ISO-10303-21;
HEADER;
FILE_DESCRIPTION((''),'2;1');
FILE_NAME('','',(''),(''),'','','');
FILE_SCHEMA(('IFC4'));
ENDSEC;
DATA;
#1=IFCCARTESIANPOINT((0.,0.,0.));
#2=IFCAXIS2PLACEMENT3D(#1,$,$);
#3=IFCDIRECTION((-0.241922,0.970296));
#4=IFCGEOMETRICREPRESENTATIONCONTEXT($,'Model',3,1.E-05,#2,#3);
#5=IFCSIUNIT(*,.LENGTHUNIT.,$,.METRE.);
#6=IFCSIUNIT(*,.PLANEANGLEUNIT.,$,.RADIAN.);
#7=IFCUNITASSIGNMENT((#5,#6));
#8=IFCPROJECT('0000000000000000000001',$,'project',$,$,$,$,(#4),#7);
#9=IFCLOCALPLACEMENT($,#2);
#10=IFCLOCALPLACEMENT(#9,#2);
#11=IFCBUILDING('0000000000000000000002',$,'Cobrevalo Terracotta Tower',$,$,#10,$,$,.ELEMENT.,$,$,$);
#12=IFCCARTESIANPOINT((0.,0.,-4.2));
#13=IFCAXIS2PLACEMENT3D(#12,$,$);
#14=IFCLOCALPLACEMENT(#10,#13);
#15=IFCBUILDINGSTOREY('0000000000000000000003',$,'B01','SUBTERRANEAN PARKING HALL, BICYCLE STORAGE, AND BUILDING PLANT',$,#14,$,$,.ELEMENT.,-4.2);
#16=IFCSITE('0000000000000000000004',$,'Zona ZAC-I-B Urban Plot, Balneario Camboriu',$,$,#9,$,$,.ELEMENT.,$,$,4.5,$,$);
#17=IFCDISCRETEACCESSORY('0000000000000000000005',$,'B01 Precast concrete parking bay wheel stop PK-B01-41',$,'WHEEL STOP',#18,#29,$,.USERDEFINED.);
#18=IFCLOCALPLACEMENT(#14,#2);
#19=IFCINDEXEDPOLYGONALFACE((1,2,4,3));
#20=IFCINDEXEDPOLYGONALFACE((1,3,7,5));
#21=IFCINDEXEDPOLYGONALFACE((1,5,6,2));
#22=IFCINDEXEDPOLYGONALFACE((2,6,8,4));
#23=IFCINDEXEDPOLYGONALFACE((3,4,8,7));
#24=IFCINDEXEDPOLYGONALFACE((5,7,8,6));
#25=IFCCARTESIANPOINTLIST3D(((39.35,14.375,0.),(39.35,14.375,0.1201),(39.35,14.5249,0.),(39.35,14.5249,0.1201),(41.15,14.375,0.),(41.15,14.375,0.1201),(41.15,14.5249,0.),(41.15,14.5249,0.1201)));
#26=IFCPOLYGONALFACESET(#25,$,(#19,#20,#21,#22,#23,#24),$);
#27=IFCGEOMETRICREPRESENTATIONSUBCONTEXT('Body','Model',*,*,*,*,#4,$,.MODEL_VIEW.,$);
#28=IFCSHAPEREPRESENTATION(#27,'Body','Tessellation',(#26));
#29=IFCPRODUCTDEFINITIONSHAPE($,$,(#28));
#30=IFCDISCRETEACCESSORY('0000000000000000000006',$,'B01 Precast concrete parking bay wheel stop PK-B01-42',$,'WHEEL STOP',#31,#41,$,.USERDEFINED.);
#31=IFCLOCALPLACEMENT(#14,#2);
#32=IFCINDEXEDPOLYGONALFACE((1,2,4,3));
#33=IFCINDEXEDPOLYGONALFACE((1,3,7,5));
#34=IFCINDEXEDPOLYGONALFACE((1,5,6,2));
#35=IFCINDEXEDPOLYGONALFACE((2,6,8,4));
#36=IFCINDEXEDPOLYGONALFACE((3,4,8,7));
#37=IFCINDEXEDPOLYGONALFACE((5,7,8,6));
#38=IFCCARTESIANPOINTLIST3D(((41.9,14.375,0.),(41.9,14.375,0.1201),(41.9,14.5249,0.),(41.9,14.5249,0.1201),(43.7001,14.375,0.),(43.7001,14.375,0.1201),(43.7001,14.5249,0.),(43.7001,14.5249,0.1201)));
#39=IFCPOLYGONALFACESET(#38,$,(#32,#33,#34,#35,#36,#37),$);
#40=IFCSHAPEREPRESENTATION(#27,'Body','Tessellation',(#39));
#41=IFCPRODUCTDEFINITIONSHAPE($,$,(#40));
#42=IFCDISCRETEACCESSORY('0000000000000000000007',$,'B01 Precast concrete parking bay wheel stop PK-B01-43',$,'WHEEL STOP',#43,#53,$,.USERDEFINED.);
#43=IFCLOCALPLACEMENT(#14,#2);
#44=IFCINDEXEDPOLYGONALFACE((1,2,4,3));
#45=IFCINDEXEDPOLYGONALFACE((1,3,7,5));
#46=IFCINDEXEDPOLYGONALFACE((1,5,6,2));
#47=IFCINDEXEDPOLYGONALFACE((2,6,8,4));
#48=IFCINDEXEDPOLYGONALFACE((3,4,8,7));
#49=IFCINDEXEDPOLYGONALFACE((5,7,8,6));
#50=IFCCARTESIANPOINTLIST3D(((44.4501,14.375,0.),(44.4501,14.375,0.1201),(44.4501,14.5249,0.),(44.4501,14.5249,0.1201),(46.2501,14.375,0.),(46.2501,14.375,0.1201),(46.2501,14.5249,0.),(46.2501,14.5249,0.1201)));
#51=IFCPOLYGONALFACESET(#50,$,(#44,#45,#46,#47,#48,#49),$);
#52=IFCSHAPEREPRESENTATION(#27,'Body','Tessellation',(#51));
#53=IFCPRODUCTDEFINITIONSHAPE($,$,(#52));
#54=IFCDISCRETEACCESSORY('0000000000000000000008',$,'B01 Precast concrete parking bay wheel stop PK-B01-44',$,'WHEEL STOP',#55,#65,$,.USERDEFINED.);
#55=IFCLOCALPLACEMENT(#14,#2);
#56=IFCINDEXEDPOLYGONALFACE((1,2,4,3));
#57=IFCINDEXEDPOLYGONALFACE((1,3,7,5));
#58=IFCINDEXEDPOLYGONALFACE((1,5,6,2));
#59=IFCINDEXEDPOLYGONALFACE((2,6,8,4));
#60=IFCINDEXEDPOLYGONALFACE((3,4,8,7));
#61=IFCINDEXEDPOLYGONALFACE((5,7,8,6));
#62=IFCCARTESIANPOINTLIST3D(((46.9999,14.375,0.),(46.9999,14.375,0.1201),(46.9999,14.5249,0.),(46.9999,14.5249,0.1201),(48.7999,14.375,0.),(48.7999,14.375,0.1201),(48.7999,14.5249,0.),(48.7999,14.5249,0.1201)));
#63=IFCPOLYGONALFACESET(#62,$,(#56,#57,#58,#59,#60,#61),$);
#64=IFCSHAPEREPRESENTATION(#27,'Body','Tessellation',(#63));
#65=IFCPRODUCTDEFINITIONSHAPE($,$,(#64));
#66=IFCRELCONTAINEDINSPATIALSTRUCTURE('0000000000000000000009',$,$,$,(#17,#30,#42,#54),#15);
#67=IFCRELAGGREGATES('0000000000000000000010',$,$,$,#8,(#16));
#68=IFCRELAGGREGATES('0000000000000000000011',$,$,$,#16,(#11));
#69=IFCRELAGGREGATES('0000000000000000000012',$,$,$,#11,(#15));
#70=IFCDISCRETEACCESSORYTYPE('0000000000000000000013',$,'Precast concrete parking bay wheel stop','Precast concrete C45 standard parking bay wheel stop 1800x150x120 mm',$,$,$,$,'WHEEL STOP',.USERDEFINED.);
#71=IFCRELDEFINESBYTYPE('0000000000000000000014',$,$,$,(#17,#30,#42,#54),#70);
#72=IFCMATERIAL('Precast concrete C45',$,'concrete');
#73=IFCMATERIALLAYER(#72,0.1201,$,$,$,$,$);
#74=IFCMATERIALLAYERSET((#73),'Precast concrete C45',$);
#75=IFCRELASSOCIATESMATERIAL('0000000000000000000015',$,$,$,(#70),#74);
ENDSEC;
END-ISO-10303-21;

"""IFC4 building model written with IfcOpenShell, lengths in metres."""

from ifc_helpers import new_model, si_unit, direction, frame, origin, origin_2d, place, context, subcontext, project, spatial, rectangle, extrude, source, transform, mapped, material, layer, layer_set, type_object, element, save


model = new_model("IFC4")

# Units and contexts
model_context = context("Model", 3, precision=1e-05, world=origin(), true_north=direction((-0.241922, 0.970296)))
body_context = subcontext(model_context, "Body", "Model", "MODEL_VIEW")
ifc_project = project(units=[si_unit("LENGTHUNIT", "METRE"), si_unit("PLANEANGLEUNIT", "RADIAN")], contexts=[model_context])

# Site, building, storey
site_placement = place(None, origin())
site = spatial("IfcSite", under=ifc_project, at=site_placement, Name="Zona ZAC-I-B Urban Plot, Balneario Camboriu", CompositionType="ELEMENT", RefElevation=4.5)
building_placement = place(site_placement, origin())
building = spatial("IfcBuilding", under=site, at=building_placement, Name="Cobrevalo Terracotta Tower", CompositionType="ELEMENT")
storey_placement = place(building_placement, frame((0.0, 0.0, -4.2)))
storey = spatial("IfcBuildingStorey", under=building, at=storey_placement, Name="B01", Description="SUBTERRANEAN PARKING HALL, BICYCLE STORAGE, AND BUILDING PLANT", CompositionType="ELEMENT", Elevation=-4.2)

# Discrete accessories
ifc_material_1 = material(Name="Precast concrete C45", Category="concrete")
ifc_layer_1 = layer(ifc_material_1, 0.1201)
ifc_layer_set_1 = layer_set([ifc_layer_1], Name="Precast concrete C45")
discrete_accessory_type = type_object("IfcDiscreteAccessoryType", Name="Precast concrete parking bay wheel stop", Description="Precast concrete C45 standard parking bay wheel stop 1800x150x120 mm", ElementType="WHEEL STOP", PredefinedType="USERDEFINED", material=ifc_layer_set_1)
shared_shape_1 = source(origin(), body_context, "Body", "SweptSolid", [
    extrude(rectangle(XDim=1.8, YDim=0.1499, at=origin_2d()), origin(), (0.0, 0.0, 1.0), 0.1201),
])
for number, where, z_axis, x_axis, name in (
    (1, (40.25, 14.45, 0.0), (0.0, 0.0, 1.0), (1.0, 0.0, 0.0), "B01 Precast concrete parking bay wheel stop PK-B01-41"),
    (2, (42.8, 14.45, 0.0), (0.0, 0.0, 1.0), (1.0, 0.0, 0.0), "B01 Precast concrete parking bay wheel stop PK-B01-42"),
    (3, (45.3501, 14.45, 0.0), (0.0, 0.0, 1.0), (1.0, 0.0, 0.0), "B01 Precast concrete parking bay wheel stop PK-B01-43"),
    (4, (47.8999, 14.45, 0.0), (0.0, 0.0, 1.0), (1.0, 0.0, 0.0), "B01 Precast concrete parking bay wheel stop PK-B01-44"),
):
    element("IfcDiscreteAccessory", number, at=place(storey_placement, frame(where, z_axis=z_axis, x_axis=x_axis)), inside=storey, type_object=discrete_accessory_type, Name=name, ObjectType="WHEEL STOP", PredefinedType="USERDEFINED", context=body_context, shape_type="MappedRepresentation", body=[
        mapped(shared_shape_1, transform((0.0, 0.0, 0.0), scale=1.0)),
    ])

save(model, "model.ifc")
